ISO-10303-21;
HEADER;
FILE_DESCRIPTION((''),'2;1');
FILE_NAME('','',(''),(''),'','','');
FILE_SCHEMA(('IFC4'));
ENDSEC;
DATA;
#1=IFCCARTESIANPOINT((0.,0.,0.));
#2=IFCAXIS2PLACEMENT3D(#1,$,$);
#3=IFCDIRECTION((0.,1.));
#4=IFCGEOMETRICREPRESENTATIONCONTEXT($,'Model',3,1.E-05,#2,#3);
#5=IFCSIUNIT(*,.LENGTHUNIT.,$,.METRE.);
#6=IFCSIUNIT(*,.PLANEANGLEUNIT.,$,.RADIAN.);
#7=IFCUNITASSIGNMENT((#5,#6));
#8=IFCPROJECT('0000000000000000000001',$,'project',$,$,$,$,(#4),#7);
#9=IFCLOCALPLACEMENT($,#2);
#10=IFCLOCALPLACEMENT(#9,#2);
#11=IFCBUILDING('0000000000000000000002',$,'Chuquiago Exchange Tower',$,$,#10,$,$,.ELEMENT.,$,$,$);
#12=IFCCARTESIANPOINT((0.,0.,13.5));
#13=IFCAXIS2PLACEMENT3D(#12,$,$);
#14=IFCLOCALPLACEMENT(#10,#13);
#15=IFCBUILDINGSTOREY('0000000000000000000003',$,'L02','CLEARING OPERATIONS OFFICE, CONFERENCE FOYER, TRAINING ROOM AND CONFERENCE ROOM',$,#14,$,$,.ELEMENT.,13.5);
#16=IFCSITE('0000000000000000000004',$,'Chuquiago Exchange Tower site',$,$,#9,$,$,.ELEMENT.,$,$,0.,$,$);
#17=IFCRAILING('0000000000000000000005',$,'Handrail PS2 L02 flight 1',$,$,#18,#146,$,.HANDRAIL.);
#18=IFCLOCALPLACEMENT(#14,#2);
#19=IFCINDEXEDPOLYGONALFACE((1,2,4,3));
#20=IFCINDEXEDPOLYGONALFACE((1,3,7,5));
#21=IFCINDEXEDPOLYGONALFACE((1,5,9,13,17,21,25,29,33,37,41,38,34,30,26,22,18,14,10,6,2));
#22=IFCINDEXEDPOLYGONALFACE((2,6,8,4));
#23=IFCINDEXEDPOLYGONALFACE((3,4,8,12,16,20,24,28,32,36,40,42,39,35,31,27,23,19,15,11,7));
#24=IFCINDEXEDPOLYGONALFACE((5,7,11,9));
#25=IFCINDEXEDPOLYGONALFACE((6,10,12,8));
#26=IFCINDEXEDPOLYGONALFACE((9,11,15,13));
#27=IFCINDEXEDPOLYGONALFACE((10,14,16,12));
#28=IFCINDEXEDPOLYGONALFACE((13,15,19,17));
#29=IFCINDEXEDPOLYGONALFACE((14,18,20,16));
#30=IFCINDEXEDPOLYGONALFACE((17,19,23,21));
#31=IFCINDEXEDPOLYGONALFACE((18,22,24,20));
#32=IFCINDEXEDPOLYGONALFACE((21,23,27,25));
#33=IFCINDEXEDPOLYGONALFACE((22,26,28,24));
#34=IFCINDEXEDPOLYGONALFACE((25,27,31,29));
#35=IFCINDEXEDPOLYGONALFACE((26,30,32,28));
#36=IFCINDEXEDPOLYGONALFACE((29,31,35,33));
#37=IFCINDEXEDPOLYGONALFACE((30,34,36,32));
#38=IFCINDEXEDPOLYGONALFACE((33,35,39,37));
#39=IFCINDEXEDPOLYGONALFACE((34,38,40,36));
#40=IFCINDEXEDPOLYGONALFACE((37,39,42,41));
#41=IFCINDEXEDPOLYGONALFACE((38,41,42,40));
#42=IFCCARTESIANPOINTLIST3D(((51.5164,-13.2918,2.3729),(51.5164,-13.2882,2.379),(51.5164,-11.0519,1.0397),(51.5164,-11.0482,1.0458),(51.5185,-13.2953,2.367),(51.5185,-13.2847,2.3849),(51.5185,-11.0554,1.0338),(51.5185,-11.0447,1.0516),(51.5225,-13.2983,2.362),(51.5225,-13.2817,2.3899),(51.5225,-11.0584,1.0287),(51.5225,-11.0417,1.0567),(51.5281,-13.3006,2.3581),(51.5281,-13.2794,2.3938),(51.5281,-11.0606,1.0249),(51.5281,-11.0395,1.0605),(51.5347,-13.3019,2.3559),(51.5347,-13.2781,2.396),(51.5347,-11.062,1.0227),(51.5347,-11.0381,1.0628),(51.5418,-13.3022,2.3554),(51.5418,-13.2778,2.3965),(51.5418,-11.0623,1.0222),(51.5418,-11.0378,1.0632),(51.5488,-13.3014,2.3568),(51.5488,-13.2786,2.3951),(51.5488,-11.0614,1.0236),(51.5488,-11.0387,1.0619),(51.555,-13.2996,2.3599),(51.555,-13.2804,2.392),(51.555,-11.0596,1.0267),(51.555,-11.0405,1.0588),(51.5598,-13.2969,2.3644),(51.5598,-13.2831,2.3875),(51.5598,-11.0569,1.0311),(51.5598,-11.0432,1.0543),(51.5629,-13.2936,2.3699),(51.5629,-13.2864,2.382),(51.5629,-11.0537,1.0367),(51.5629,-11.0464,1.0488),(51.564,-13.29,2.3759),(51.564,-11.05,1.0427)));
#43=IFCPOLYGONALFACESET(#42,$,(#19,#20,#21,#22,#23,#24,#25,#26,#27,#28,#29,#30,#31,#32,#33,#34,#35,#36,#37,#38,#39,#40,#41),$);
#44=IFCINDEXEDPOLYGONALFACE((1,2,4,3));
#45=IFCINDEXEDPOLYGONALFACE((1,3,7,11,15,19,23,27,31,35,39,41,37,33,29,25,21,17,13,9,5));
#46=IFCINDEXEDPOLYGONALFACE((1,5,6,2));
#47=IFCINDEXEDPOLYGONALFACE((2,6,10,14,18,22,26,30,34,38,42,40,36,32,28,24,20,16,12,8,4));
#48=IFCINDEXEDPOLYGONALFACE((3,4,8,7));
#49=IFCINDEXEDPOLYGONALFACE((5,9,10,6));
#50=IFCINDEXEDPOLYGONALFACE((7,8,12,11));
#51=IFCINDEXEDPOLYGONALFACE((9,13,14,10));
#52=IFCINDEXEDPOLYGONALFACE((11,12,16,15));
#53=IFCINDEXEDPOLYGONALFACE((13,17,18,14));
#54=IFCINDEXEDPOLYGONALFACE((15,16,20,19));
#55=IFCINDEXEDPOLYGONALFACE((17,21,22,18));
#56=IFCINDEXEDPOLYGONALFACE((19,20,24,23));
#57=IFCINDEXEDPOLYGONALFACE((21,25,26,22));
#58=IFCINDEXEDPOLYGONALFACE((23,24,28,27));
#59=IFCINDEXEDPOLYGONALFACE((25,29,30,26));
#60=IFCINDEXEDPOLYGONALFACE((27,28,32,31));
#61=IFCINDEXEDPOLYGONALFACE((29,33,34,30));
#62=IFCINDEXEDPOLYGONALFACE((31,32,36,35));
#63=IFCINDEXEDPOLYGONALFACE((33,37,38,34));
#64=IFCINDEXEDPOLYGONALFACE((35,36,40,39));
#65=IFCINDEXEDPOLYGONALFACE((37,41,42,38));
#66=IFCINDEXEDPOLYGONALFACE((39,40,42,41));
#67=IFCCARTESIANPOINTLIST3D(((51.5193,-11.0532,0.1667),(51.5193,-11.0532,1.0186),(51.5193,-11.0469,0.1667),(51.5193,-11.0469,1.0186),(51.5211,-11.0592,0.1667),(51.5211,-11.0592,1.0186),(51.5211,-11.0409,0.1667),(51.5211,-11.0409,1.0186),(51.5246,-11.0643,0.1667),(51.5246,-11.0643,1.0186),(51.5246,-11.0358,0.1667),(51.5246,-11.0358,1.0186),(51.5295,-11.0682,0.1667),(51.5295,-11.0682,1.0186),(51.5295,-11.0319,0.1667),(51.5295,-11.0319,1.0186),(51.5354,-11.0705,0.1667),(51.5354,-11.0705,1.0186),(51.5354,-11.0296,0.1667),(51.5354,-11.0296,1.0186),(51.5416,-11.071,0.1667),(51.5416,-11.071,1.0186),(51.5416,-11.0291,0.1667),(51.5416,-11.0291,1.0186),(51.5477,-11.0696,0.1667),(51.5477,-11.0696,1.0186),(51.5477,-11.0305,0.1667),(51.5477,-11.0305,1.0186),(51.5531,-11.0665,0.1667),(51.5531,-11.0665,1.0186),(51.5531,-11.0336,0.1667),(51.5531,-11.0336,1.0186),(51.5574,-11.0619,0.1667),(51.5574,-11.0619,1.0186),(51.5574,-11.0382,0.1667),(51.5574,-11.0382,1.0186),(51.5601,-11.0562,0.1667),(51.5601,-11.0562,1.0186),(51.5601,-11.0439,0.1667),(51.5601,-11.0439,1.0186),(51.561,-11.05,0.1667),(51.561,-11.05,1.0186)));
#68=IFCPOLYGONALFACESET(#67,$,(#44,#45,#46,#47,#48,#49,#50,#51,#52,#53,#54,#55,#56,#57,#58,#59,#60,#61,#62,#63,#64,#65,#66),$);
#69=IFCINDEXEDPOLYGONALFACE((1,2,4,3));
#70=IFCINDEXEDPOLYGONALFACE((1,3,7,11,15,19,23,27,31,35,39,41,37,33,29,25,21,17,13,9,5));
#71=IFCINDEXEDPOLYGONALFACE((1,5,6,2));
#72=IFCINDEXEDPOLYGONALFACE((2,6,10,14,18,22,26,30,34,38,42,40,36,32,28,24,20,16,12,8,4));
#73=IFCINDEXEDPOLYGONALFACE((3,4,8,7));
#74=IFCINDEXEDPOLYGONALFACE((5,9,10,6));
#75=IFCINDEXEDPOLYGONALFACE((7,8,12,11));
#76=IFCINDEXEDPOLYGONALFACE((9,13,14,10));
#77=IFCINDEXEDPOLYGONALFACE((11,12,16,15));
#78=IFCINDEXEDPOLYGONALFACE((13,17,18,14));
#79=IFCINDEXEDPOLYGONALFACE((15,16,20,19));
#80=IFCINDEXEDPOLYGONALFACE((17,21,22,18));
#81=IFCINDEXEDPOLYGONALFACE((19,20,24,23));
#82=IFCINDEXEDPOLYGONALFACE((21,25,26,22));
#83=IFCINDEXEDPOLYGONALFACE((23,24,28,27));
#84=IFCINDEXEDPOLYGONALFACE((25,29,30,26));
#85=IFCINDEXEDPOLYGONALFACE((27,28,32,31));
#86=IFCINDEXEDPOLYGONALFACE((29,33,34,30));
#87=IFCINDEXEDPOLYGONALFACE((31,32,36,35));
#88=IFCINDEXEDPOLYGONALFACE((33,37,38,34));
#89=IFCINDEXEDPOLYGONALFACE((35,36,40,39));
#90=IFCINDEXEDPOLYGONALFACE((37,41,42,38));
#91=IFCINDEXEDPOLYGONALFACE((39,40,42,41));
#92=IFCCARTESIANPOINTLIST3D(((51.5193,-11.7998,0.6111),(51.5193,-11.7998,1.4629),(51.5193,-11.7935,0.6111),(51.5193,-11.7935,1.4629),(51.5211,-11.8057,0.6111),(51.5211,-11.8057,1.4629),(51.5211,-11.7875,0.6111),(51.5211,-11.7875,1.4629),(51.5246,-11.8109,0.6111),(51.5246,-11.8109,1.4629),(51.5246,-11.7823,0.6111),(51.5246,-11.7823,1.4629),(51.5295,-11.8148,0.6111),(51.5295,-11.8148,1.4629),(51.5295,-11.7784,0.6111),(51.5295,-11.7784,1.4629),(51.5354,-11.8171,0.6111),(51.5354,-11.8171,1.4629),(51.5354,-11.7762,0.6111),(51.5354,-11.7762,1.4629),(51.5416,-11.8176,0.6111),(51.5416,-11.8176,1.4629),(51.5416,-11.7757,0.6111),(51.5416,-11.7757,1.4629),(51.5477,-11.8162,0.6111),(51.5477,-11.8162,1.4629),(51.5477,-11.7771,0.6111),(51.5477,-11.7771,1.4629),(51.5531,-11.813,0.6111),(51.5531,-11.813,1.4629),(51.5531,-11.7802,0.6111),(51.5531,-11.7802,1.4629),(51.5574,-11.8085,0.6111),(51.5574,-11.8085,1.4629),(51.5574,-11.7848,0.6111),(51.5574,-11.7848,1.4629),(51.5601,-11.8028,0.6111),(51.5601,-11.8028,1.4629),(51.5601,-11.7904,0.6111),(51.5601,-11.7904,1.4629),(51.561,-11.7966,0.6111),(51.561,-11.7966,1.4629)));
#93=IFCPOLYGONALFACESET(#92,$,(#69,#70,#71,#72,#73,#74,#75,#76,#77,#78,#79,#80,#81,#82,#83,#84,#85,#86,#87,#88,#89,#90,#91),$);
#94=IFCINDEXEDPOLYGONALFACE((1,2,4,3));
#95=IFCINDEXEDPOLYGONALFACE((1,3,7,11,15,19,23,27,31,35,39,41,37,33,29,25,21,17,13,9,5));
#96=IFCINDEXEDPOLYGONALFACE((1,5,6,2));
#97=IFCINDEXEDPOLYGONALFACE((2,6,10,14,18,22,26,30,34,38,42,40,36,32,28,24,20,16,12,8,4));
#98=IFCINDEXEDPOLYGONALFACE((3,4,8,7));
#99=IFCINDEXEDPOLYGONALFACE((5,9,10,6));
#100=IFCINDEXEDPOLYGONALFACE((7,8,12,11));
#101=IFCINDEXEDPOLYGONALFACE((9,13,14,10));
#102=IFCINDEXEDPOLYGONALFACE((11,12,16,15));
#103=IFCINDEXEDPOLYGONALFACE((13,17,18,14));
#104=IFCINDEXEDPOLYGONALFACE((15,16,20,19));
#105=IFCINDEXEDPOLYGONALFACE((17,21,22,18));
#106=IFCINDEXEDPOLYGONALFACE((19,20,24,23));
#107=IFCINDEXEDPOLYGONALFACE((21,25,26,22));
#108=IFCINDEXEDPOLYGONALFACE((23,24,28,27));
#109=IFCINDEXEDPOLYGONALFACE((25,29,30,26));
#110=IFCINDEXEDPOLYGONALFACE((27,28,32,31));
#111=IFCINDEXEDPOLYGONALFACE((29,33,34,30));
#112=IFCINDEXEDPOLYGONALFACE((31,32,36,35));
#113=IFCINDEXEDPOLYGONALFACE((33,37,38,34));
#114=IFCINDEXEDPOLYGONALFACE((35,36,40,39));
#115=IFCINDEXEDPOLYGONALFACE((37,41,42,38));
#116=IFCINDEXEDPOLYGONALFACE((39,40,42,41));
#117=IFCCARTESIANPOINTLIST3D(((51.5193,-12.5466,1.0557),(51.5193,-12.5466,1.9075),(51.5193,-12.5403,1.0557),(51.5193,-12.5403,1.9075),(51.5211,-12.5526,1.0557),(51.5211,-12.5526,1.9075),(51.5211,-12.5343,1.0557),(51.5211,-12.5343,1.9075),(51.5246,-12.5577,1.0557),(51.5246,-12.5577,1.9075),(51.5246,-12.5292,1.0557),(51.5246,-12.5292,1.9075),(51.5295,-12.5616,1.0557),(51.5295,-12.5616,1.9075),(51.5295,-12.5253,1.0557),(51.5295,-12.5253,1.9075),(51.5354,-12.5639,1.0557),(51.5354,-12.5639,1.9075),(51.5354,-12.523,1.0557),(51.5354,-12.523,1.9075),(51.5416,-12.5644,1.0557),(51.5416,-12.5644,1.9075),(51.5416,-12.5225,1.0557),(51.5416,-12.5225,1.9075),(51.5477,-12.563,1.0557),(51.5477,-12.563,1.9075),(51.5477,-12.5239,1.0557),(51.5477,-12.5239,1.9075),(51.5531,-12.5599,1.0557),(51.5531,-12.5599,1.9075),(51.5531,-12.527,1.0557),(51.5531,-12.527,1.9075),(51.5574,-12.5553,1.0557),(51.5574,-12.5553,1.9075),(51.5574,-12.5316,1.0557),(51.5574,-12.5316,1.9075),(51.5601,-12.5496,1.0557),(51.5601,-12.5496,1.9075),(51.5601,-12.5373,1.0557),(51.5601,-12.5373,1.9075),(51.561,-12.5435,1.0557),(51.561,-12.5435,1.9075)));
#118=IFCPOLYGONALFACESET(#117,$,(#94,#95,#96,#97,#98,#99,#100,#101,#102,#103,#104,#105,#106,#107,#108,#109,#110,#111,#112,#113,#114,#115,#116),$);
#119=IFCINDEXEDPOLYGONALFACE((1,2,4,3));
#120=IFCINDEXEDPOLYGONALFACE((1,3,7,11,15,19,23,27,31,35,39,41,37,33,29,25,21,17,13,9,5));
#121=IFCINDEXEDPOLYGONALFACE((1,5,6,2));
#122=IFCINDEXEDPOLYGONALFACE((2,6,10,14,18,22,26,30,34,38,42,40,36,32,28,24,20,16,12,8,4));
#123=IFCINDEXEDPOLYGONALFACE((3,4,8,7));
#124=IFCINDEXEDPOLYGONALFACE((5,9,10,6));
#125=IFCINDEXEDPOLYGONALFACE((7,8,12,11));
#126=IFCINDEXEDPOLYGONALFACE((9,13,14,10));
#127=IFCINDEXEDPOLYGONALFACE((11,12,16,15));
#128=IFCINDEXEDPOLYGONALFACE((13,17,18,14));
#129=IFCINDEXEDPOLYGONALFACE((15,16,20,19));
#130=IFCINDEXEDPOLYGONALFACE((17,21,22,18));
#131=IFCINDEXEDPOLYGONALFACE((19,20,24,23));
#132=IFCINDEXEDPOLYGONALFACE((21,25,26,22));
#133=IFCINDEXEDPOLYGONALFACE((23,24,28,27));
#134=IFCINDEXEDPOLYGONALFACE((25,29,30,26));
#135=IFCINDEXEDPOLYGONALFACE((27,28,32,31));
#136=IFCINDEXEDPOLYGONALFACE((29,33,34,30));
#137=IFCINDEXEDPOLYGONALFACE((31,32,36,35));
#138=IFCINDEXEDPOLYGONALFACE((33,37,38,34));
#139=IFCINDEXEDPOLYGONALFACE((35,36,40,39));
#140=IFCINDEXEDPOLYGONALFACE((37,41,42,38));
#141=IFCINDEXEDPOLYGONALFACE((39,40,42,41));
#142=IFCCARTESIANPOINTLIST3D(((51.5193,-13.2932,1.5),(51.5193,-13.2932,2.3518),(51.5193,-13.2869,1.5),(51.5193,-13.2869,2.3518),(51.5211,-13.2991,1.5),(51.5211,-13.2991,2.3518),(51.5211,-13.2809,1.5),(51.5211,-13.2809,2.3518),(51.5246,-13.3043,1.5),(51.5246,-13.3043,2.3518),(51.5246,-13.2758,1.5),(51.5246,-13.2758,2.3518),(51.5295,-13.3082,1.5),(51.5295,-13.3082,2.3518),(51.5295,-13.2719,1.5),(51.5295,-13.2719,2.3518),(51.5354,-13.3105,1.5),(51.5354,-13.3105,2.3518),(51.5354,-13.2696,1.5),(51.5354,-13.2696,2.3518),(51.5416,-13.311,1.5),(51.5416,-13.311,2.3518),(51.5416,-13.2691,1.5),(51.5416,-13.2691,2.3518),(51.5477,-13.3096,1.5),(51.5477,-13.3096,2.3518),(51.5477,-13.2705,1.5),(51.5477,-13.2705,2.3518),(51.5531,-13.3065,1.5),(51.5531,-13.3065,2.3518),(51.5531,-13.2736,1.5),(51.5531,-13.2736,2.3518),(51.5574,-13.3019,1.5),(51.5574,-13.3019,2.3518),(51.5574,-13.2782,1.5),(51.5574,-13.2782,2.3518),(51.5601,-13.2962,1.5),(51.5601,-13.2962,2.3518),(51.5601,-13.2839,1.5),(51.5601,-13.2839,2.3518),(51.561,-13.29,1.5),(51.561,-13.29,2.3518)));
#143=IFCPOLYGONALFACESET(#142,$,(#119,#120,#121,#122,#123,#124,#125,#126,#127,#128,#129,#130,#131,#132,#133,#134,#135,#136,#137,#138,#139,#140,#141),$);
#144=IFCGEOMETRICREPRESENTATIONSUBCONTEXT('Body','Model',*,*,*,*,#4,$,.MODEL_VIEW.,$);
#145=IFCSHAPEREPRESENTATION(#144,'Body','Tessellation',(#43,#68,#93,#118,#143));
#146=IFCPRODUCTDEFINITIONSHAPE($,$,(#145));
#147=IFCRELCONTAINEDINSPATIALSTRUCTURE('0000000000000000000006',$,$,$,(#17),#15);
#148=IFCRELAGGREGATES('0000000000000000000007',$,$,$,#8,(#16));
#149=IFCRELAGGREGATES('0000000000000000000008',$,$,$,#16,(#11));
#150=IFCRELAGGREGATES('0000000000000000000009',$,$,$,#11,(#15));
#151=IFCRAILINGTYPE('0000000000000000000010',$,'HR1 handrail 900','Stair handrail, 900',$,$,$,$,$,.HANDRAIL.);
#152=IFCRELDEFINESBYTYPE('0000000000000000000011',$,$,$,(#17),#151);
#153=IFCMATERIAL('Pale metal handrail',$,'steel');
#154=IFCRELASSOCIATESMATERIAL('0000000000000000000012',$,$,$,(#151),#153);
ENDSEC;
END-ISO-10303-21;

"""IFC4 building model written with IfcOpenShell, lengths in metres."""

from ifc_helpers import new_model, si_unit, direction, frame, origin, origin_2d, place, context, subcontext, project, spatial, circle, extrude, material, type_object, element, save


model = new_model("IFC4")

# Units and contexts
model_context = context("Model", 3, precision=1e-05, world=origin(), true_north=direction((0.0, 1.0)))
body_context = subcontext(model_context, "Body", "Model", "MODEL_VIEW")
ifc_project = project(units=[si_unit("LENGTHUNIT", "METRE"), si_unit("PLANEANGLEUNIT", "RADIAN")], contexts=[model_context])

# Site, building, storey
site_placement = place(None, origin())
site = spatial("IfcSite", under=ifc_project, at=site_placement, Name="Chuquiago Exchange Tower site", CompositionType="ELEMENT", RefElevation=0.0)
building_placement = place(site_placement, origin())
building = spatial("IfcBuilding", under=site, at=building_placement, Name="Chuquiago Exchange Tower", CompositionType="ELEMENT")
storey_placement = place(building_placement, frame((0.0, 0.0, 13.5)))
storey = spatial("IfcBuildingStorey", under=building, at=storey_placement, Name="L02", Description="CLEARING OPERATIONS OFFICE, CONFERENCE FOYER, TRAINING ROOM AND CONFERENCE ROOM", CompositionType="ELEMENT", Elevation=13.5)

# Railing
ifc_material_1 = material(Name="Pale metal handrail", Category="steel")
railing_type = type_object("IfcRailingType", Name="HR1 handrail 900", Description="Stair handrail, 900", PredefinedType="HANDRAIL", material=ifc_material_1)
railing_1_placement = place(storey_placement, frame((51.54, -11.05, 0.1667)))
element("IfcRailing", 1, at=railing_1_placement, inside=storey, type_object=railing_type, Name="Handrail PS2 L02 flight 1", PredefinedType="HANDRAIL", context=body_context, shape_type="SweptSolid", body=[
    extrude(circle(Radius=0.0239, at=origin_2d()), frame((0.0, 0.0, 0.876), z_axis=(0.0, -0.859306, 0.511462), x_axis=(1.0, 0.0, 0.0)), (0.0, 0.0, 1.0), 2.6067),
    extrude(circle(Radius=0.021, at=origin_2d()), origin(), (0.0, 0.0, 1.0), 0.8518),
    extrude(circle(Radius=0.021, at=origin_2d()), frame((0.0, -0.7466, 0.4443)), (0.0, 0.0, 1.0), 0.8518),
    extrude(circle(Radius=0.021, at=origin_2d()), frame((0.0, -1.4934, 0.8889)), (0.0, 0.0, 1.0), 0.8518),
    extrude(circle(Radius=0.021, at=origin_2d()), frame((0.0, -2.24, 1.3333)), (0.0, 0.0, 1.0), 0.8518),
])

save(model, "model.ifc")
